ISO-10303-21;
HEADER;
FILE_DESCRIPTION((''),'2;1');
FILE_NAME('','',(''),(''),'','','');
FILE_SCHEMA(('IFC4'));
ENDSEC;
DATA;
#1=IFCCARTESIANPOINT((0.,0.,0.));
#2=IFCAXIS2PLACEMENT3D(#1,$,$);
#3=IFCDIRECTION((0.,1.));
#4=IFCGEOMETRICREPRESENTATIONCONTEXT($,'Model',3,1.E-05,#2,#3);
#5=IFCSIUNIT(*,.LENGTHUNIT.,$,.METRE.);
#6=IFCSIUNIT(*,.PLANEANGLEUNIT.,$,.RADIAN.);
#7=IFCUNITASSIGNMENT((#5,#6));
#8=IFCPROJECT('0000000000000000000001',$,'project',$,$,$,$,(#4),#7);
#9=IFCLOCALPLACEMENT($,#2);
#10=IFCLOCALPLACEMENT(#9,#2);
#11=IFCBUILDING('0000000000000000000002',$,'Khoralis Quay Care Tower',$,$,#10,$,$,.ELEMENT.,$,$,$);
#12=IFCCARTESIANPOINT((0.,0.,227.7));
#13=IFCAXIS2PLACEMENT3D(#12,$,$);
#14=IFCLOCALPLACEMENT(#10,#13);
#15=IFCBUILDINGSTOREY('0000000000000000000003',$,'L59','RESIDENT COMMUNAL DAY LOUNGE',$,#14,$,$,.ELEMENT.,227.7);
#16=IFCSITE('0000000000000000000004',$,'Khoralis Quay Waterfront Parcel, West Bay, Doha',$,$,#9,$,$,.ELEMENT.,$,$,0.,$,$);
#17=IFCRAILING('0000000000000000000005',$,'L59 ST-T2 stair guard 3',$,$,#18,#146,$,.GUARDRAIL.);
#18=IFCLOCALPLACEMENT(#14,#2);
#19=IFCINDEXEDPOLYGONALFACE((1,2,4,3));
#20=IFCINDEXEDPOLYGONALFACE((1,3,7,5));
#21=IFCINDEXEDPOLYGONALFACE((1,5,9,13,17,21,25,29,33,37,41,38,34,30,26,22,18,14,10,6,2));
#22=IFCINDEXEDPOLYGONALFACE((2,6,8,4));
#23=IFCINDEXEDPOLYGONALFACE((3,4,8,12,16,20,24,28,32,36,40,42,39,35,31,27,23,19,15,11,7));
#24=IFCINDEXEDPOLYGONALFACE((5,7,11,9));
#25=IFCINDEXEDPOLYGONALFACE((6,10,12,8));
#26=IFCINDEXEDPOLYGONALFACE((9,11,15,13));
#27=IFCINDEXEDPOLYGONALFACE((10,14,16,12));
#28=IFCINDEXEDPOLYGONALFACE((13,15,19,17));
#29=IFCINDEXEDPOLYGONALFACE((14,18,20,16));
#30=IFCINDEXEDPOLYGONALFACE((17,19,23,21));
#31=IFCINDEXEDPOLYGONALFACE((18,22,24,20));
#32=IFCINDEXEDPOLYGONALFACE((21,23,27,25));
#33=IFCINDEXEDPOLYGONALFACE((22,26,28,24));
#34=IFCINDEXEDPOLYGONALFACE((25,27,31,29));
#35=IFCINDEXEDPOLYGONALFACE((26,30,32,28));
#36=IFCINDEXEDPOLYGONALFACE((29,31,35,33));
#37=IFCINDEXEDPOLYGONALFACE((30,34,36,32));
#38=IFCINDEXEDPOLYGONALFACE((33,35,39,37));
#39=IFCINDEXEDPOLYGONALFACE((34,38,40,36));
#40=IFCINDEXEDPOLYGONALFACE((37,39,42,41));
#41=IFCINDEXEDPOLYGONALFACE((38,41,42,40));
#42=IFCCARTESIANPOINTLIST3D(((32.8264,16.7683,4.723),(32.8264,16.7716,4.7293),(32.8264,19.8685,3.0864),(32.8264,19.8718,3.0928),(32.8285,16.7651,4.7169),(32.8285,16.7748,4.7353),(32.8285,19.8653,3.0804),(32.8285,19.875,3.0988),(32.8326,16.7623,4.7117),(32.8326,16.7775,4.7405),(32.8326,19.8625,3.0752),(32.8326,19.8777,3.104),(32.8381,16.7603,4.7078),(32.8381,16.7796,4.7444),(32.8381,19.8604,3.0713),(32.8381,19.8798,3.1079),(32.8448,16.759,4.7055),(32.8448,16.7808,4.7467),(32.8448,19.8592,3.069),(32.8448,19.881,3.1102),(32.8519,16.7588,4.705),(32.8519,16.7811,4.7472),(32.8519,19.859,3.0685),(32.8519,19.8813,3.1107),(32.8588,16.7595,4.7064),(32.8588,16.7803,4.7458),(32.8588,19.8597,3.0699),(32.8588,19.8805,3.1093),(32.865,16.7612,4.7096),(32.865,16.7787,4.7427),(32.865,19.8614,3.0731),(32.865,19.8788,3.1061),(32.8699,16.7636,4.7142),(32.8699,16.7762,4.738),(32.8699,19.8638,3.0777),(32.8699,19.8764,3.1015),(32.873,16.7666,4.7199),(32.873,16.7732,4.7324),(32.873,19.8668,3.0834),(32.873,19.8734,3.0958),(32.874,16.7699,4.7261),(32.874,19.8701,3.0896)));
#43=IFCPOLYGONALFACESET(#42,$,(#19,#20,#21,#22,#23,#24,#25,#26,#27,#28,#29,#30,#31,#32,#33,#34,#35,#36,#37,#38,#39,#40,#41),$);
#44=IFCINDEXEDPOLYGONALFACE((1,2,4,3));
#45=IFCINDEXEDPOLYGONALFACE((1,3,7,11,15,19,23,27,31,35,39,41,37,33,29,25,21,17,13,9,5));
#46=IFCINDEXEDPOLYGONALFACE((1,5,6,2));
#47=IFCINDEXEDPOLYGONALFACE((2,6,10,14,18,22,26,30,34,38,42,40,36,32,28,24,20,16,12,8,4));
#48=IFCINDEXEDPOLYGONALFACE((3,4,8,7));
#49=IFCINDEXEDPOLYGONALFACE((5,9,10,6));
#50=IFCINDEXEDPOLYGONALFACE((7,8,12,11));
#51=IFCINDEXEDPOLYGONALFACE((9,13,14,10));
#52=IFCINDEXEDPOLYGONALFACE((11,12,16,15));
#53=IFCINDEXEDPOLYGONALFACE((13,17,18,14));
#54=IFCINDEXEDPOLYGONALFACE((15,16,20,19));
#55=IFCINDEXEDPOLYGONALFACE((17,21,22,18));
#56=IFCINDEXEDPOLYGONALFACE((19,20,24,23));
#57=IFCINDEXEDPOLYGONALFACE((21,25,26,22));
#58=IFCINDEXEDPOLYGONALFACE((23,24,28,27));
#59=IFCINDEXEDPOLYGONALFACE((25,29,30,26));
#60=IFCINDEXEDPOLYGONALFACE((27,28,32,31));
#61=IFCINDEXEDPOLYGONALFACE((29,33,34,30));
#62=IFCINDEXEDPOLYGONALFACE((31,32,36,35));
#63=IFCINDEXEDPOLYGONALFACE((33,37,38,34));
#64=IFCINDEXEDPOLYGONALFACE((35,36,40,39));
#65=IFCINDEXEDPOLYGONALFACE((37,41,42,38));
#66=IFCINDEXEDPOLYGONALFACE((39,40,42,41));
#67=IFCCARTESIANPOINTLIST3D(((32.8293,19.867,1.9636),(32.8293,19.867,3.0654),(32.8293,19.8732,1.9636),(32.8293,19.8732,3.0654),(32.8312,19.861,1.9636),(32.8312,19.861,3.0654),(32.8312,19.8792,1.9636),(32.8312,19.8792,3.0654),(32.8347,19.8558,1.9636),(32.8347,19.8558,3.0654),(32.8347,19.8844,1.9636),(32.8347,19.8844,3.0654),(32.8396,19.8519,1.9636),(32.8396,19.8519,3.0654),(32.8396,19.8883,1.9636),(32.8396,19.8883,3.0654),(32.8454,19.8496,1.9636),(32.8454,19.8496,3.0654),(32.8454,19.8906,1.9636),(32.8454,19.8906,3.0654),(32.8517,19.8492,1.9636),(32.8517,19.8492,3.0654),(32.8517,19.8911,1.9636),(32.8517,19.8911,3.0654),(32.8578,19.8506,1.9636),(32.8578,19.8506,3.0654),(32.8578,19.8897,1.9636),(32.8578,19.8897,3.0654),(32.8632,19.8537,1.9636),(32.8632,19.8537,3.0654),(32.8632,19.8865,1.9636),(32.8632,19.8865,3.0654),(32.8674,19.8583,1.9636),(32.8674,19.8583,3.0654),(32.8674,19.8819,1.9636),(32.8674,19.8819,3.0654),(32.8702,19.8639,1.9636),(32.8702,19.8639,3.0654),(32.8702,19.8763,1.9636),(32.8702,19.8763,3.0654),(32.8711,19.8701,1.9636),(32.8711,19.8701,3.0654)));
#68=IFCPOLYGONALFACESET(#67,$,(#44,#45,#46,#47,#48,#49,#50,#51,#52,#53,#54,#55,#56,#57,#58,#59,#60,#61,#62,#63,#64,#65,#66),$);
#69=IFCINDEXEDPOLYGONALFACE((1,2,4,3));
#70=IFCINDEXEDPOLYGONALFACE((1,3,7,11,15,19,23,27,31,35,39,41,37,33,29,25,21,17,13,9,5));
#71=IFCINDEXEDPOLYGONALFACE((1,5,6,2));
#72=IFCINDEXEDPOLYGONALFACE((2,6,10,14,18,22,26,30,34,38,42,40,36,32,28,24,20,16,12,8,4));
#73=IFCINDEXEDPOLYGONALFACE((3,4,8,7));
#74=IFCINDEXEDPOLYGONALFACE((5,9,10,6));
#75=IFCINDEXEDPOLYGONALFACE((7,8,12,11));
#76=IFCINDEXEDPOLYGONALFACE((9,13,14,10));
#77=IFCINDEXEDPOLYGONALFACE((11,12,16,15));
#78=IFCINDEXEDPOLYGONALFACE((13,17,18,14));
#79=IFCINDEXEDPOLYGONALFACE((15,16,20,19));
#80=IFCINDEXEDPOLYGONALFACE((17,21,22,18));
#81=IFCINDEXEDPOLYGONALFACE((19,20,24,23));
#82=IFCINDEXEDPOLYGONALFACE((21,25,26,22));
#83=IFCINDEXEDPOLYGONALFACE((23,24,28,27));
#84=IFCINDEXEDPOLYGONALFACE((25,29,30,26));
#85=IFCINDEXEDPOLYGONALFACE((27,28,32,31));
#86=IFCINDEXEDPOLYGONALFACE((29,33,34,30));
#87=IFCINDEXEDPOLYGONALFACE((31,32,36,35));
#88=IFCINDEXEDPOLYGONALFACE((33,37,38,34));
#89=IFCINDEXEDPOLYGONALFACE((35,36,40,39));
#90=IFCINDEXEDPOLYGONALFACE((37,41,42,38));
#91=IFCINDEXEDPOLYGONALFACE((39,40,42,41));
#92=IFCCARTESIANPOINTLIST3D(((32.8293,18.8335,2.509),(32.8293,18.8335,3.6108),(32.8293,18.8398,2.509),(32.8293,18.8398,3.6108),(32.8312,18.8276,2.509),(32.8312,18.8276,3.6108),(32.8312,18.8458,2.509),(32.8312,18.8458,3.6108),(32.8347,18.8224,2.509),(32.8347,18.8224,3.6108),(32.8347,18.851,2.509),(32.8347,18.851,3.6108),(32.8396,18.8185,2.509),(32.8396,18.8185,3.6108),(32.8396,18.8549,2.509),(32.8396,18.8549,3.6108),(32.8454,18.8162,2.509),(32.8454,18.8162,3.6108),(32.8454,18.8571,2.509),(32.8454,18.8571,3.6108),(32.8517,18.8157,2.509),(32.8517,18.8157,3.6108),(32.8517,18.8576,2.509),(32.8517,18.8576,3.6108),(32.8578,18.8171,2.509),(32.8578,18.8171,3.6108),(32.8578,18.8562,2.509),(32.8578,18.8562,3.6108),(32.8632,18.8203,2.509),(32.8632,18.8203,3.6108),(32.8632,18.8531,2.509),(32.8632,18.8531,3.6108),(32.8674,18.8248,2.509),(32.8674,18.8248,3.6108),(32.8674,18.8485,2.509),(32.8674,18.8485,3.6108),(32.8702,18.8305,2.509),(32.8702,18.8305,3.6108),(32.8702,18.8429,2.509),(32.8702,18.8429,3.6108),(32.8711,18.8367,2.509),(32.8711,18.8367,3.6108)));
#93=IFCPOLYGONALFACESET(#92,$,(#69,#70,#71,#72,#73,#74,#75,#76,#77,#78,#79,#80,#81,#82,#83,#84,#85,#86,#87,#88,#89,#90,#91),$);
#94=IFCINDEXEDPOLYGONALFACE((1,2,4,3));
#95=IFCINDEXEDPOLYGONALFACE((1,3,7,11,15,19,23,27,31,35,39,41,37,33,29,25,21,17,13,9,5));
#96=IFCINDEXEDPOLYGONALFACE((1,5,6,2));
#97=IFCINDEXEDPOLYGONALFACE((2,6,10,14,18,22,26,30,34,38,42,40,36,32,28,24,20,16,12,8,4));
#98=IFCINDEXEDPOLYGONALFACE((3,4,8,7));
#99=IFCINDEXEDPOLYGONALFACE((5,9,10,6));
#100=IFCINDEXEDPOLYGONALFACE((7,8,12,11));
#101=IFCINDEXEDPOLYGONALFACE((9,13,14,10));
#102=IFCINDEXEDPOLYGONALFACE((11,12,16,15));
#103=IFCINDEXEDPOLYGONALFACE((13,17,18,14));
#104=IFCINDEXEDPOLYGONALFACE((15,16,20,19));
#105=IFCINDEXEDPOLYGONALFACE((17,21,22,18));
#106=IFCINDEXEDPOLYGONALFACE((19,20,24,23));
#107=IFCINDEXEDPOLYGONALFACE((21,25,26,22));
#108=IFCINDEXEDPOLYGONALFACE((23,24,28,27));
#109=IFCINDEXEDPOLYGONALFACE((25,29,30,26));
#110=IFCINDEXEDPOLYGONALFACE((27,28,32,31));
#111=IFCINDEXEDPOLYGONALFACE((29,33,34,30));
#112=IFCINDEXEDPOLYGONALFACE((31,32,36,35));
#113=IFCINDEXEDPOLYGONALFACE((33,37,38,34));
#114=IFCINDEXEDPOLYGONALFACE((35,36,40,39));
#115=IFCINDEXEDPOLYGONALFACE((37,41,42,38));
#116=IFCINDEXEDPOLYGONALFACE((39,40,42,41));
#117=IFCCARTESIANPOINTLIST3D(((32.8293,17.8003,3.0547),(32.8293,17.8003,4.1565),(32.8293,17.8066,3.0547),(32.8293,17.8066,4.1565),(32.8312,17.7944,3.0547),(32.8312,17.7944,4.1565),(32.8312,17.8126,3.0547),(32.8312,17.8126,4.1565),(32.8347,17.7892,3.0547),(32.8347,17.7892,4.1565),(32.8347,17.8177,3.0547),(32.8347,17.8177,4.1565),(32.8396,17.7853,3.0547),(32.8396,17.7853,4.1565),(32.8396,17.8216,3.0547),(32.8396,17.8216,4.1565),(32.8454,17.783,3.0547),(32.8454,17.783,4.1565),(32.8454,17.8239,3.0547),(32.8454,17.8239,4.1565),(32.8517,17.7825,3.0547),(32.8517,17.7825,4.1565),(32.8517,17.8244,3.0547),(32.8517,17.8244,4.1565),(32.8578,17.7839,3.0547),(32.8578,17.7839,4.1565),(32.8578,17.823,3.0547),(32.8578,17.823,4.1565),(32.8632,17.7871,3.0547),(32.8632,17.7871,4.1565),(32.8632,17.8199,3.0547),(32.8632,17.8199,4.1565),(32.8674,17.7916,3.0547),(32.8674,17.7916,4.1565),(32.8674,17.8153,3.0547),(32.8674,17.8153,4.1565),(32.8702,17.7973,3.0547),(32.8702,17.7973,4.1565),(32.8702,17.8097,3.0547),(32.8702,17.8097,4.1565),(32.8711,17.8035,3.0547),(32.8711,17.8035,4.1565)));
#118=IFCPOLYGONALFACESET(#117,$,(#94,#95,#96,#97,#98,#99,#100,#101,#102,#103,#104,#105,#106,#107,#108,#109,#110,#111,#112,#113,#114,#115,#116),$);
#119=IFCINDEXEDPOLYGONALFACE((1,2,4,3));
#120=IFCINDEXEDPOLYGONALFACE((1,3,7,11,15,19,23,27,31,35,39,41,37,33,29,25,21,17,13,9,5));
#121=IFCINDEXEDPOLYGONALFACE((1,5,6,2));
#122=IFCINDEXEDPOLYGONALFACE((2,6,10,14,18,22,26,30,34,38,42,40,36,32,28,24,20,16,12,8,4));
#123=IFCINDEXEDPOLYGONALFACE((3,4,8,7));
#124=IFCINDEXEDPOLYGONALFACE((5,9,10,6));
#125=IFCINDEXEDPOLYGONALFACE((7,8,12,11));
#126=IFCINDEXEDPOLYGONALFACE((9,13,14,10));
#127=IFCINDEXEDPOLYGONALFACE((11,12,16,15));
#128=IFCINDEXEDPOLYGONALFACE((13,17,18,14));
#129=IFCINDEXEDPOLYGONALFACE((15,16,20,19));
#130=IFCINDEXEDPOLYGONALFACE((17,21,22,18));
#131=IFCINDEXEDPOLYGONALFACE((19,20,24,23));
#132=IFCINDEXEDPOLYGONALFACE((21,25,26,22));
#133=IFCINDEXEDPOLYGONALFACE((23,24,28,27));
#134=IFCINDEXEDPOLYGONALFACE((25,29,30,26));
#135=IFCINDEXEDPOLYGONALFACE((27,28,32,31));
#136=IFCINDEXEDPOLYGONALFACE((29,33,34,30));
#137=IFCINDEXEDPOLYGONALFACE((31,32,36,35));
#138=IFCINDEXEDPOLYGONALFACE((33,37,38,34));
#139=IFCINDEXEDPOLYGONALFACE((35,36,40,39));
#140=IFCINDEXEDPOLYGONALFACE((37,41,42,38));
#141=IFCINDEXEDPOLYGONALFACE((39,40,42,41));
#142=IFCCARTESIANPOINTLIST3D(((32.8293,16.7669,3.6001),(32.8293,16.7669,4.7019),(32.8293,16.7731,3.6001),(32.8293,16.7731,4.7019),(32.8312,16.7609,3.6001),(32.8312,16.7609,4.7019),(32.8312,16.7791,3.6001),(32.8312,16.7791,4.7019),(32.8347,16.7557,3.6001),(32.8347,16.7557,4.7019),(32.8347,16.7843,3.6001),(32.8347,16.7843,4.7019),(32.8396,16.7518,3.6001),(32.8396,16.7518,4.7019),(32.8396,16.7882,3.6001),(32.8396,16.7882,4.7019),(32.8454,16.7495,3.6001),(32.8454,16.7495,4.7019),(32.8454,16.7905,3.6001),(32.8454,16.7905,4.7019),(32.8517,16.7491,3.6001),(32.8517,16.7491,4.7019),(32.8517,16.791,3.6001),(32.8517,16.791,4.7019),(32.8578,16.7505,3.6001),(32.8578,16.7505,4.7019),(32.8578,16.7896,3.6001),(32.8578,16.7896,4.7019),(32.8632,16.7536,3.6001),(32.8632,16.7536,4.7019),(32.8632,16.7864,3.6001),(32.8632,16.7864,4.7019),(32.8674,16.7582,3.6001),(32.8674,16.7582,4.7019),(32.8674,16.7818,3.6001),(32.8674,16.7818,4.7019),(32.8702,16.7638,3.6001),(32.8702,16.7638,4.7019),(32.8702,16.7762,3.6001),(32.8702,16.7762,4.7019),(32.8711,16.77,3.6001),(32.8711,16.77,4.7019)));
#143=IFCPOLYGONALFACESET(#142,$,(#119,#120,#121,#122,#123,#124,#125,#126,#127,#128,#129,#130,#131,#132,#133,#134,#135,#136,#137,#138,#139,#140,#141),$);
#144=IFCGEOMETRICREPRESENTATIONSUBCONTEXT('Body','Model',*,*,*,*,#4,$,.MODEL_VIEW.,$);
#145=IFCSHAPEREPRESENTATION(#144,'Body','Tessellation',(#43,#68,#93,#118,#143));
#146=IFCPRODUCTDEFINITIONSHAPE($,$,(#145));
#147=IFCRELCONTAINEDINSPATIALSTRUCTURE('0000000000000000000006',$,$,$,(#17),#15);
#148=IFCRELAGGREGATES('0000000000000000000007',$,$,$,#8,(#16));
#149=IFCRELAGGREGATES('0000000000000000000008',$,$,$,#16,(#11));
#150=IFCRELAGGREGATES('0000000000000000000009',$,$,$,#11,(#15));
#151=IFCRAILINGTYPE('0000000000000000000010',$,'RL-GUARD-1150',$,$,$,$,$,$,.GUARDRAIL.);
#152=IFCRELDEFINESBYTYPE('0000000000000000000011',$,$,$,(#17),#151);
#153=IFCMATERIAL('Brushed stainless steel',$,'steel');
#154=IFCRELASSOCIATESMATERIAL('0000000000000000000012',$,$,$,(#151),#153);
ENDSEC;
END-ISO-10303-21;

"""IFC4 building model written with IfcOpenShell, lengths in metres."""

from ifc_helpers import new_model, si_unit, direction, frame, origin, origin_2d, place, context, subcontext, project, spatial, circle, extrude, material, type_object, element, save


model = new_model("IFC4")

# Units and contexts
model_context = context("Model", 3, precision=1e-05, world=origin(), true_north=direction((0.0, 1.0)))
body_context = subcontext(model_context, "Body", "Model", "MODEL_VIEW")
ifc_project = project(units=[si_unit("LENGTHUNIT", "METRE"), si_unit("PLANEANGLEUNIT", "RADIAN")], contexts=[model_context])

# Site, building, storey
site_placement = place(None, origin())
site = spatial("IfcSite", under=ifc_project, at=site_placement, Name="Khoralis Quay Waterfront Parcel, West Bay, Doha", CompositionType="ELEMENT", RefElevation=0.0)
building_placement = place(site_placement, origin())
building = spatial("IfcBuilding", under=site, at=building_placement, Name="Khoralis Quay Care Tower", CompositionType="ELEMENT")
storey_placement = place(building_placement, frame((0.0, 0.0, 227.7)))
storey = spatial("IfcBuildingStorey", under=building, at=storey_placement, Name="L59", Description="RESIDENT COMMUNAL DAY LOUNGE", CompositionType="ELEMENT", Elevation=227.7)

# Shared definitions
ifc_material_1 = material(Name="Brushed stainless steel", Category="steel")

# Railing
railing_type_1 = type_object("IfcRailingType", Name="RL-GUARD-1150", PredefinedType="GUARDRAIL", material=ifc_material_1)
railing_1_placement = place(storey_placement, frame((32.8501, 19.8701, 1.9636)))
element("IfcRailing", 1, at=railing_1_placement, inside=storey, type_object=railing_type_1, Name="L59 ST-T2 stair guard 3", PredefinedType="GUARDRAIL", context=body_context, shape_type="SweptSolid", body=[
    extrude(circle(Radius=0.0239, at=origin_2d()), frame((0.0, 0.0, 1.126), z_axis=(0.0, -0.884348, 0.466828), x_axis=(1.0, 0.0, 0.0)), (0.0, 0.0, 1.0), 3.5056),
    extrude(circle(Radius=0.021, at=origin_2d()), origin(), (0.0, 0.0, 1.0), 1.1018),
    extrude(circle(Radius=0.021, at=origin_2d()), frame((0.0, -1.0334, 0.5454)), (0.0, 0.0, 1.0), 1.1018),
    extrude(circle(Radius=0.021, at=origin_2d()), frame((0.0, -2.0667, 1.0911)), (0.0, 0.0, 1.0), 1.1018),
    extrude(circle(Radius=0.021, at=origin_2d()), frame((0.0, -3.1001, 1.6365)), (0.0, 0.0, 1.0), 1.1018),
])

save(model, "model.ifc")
